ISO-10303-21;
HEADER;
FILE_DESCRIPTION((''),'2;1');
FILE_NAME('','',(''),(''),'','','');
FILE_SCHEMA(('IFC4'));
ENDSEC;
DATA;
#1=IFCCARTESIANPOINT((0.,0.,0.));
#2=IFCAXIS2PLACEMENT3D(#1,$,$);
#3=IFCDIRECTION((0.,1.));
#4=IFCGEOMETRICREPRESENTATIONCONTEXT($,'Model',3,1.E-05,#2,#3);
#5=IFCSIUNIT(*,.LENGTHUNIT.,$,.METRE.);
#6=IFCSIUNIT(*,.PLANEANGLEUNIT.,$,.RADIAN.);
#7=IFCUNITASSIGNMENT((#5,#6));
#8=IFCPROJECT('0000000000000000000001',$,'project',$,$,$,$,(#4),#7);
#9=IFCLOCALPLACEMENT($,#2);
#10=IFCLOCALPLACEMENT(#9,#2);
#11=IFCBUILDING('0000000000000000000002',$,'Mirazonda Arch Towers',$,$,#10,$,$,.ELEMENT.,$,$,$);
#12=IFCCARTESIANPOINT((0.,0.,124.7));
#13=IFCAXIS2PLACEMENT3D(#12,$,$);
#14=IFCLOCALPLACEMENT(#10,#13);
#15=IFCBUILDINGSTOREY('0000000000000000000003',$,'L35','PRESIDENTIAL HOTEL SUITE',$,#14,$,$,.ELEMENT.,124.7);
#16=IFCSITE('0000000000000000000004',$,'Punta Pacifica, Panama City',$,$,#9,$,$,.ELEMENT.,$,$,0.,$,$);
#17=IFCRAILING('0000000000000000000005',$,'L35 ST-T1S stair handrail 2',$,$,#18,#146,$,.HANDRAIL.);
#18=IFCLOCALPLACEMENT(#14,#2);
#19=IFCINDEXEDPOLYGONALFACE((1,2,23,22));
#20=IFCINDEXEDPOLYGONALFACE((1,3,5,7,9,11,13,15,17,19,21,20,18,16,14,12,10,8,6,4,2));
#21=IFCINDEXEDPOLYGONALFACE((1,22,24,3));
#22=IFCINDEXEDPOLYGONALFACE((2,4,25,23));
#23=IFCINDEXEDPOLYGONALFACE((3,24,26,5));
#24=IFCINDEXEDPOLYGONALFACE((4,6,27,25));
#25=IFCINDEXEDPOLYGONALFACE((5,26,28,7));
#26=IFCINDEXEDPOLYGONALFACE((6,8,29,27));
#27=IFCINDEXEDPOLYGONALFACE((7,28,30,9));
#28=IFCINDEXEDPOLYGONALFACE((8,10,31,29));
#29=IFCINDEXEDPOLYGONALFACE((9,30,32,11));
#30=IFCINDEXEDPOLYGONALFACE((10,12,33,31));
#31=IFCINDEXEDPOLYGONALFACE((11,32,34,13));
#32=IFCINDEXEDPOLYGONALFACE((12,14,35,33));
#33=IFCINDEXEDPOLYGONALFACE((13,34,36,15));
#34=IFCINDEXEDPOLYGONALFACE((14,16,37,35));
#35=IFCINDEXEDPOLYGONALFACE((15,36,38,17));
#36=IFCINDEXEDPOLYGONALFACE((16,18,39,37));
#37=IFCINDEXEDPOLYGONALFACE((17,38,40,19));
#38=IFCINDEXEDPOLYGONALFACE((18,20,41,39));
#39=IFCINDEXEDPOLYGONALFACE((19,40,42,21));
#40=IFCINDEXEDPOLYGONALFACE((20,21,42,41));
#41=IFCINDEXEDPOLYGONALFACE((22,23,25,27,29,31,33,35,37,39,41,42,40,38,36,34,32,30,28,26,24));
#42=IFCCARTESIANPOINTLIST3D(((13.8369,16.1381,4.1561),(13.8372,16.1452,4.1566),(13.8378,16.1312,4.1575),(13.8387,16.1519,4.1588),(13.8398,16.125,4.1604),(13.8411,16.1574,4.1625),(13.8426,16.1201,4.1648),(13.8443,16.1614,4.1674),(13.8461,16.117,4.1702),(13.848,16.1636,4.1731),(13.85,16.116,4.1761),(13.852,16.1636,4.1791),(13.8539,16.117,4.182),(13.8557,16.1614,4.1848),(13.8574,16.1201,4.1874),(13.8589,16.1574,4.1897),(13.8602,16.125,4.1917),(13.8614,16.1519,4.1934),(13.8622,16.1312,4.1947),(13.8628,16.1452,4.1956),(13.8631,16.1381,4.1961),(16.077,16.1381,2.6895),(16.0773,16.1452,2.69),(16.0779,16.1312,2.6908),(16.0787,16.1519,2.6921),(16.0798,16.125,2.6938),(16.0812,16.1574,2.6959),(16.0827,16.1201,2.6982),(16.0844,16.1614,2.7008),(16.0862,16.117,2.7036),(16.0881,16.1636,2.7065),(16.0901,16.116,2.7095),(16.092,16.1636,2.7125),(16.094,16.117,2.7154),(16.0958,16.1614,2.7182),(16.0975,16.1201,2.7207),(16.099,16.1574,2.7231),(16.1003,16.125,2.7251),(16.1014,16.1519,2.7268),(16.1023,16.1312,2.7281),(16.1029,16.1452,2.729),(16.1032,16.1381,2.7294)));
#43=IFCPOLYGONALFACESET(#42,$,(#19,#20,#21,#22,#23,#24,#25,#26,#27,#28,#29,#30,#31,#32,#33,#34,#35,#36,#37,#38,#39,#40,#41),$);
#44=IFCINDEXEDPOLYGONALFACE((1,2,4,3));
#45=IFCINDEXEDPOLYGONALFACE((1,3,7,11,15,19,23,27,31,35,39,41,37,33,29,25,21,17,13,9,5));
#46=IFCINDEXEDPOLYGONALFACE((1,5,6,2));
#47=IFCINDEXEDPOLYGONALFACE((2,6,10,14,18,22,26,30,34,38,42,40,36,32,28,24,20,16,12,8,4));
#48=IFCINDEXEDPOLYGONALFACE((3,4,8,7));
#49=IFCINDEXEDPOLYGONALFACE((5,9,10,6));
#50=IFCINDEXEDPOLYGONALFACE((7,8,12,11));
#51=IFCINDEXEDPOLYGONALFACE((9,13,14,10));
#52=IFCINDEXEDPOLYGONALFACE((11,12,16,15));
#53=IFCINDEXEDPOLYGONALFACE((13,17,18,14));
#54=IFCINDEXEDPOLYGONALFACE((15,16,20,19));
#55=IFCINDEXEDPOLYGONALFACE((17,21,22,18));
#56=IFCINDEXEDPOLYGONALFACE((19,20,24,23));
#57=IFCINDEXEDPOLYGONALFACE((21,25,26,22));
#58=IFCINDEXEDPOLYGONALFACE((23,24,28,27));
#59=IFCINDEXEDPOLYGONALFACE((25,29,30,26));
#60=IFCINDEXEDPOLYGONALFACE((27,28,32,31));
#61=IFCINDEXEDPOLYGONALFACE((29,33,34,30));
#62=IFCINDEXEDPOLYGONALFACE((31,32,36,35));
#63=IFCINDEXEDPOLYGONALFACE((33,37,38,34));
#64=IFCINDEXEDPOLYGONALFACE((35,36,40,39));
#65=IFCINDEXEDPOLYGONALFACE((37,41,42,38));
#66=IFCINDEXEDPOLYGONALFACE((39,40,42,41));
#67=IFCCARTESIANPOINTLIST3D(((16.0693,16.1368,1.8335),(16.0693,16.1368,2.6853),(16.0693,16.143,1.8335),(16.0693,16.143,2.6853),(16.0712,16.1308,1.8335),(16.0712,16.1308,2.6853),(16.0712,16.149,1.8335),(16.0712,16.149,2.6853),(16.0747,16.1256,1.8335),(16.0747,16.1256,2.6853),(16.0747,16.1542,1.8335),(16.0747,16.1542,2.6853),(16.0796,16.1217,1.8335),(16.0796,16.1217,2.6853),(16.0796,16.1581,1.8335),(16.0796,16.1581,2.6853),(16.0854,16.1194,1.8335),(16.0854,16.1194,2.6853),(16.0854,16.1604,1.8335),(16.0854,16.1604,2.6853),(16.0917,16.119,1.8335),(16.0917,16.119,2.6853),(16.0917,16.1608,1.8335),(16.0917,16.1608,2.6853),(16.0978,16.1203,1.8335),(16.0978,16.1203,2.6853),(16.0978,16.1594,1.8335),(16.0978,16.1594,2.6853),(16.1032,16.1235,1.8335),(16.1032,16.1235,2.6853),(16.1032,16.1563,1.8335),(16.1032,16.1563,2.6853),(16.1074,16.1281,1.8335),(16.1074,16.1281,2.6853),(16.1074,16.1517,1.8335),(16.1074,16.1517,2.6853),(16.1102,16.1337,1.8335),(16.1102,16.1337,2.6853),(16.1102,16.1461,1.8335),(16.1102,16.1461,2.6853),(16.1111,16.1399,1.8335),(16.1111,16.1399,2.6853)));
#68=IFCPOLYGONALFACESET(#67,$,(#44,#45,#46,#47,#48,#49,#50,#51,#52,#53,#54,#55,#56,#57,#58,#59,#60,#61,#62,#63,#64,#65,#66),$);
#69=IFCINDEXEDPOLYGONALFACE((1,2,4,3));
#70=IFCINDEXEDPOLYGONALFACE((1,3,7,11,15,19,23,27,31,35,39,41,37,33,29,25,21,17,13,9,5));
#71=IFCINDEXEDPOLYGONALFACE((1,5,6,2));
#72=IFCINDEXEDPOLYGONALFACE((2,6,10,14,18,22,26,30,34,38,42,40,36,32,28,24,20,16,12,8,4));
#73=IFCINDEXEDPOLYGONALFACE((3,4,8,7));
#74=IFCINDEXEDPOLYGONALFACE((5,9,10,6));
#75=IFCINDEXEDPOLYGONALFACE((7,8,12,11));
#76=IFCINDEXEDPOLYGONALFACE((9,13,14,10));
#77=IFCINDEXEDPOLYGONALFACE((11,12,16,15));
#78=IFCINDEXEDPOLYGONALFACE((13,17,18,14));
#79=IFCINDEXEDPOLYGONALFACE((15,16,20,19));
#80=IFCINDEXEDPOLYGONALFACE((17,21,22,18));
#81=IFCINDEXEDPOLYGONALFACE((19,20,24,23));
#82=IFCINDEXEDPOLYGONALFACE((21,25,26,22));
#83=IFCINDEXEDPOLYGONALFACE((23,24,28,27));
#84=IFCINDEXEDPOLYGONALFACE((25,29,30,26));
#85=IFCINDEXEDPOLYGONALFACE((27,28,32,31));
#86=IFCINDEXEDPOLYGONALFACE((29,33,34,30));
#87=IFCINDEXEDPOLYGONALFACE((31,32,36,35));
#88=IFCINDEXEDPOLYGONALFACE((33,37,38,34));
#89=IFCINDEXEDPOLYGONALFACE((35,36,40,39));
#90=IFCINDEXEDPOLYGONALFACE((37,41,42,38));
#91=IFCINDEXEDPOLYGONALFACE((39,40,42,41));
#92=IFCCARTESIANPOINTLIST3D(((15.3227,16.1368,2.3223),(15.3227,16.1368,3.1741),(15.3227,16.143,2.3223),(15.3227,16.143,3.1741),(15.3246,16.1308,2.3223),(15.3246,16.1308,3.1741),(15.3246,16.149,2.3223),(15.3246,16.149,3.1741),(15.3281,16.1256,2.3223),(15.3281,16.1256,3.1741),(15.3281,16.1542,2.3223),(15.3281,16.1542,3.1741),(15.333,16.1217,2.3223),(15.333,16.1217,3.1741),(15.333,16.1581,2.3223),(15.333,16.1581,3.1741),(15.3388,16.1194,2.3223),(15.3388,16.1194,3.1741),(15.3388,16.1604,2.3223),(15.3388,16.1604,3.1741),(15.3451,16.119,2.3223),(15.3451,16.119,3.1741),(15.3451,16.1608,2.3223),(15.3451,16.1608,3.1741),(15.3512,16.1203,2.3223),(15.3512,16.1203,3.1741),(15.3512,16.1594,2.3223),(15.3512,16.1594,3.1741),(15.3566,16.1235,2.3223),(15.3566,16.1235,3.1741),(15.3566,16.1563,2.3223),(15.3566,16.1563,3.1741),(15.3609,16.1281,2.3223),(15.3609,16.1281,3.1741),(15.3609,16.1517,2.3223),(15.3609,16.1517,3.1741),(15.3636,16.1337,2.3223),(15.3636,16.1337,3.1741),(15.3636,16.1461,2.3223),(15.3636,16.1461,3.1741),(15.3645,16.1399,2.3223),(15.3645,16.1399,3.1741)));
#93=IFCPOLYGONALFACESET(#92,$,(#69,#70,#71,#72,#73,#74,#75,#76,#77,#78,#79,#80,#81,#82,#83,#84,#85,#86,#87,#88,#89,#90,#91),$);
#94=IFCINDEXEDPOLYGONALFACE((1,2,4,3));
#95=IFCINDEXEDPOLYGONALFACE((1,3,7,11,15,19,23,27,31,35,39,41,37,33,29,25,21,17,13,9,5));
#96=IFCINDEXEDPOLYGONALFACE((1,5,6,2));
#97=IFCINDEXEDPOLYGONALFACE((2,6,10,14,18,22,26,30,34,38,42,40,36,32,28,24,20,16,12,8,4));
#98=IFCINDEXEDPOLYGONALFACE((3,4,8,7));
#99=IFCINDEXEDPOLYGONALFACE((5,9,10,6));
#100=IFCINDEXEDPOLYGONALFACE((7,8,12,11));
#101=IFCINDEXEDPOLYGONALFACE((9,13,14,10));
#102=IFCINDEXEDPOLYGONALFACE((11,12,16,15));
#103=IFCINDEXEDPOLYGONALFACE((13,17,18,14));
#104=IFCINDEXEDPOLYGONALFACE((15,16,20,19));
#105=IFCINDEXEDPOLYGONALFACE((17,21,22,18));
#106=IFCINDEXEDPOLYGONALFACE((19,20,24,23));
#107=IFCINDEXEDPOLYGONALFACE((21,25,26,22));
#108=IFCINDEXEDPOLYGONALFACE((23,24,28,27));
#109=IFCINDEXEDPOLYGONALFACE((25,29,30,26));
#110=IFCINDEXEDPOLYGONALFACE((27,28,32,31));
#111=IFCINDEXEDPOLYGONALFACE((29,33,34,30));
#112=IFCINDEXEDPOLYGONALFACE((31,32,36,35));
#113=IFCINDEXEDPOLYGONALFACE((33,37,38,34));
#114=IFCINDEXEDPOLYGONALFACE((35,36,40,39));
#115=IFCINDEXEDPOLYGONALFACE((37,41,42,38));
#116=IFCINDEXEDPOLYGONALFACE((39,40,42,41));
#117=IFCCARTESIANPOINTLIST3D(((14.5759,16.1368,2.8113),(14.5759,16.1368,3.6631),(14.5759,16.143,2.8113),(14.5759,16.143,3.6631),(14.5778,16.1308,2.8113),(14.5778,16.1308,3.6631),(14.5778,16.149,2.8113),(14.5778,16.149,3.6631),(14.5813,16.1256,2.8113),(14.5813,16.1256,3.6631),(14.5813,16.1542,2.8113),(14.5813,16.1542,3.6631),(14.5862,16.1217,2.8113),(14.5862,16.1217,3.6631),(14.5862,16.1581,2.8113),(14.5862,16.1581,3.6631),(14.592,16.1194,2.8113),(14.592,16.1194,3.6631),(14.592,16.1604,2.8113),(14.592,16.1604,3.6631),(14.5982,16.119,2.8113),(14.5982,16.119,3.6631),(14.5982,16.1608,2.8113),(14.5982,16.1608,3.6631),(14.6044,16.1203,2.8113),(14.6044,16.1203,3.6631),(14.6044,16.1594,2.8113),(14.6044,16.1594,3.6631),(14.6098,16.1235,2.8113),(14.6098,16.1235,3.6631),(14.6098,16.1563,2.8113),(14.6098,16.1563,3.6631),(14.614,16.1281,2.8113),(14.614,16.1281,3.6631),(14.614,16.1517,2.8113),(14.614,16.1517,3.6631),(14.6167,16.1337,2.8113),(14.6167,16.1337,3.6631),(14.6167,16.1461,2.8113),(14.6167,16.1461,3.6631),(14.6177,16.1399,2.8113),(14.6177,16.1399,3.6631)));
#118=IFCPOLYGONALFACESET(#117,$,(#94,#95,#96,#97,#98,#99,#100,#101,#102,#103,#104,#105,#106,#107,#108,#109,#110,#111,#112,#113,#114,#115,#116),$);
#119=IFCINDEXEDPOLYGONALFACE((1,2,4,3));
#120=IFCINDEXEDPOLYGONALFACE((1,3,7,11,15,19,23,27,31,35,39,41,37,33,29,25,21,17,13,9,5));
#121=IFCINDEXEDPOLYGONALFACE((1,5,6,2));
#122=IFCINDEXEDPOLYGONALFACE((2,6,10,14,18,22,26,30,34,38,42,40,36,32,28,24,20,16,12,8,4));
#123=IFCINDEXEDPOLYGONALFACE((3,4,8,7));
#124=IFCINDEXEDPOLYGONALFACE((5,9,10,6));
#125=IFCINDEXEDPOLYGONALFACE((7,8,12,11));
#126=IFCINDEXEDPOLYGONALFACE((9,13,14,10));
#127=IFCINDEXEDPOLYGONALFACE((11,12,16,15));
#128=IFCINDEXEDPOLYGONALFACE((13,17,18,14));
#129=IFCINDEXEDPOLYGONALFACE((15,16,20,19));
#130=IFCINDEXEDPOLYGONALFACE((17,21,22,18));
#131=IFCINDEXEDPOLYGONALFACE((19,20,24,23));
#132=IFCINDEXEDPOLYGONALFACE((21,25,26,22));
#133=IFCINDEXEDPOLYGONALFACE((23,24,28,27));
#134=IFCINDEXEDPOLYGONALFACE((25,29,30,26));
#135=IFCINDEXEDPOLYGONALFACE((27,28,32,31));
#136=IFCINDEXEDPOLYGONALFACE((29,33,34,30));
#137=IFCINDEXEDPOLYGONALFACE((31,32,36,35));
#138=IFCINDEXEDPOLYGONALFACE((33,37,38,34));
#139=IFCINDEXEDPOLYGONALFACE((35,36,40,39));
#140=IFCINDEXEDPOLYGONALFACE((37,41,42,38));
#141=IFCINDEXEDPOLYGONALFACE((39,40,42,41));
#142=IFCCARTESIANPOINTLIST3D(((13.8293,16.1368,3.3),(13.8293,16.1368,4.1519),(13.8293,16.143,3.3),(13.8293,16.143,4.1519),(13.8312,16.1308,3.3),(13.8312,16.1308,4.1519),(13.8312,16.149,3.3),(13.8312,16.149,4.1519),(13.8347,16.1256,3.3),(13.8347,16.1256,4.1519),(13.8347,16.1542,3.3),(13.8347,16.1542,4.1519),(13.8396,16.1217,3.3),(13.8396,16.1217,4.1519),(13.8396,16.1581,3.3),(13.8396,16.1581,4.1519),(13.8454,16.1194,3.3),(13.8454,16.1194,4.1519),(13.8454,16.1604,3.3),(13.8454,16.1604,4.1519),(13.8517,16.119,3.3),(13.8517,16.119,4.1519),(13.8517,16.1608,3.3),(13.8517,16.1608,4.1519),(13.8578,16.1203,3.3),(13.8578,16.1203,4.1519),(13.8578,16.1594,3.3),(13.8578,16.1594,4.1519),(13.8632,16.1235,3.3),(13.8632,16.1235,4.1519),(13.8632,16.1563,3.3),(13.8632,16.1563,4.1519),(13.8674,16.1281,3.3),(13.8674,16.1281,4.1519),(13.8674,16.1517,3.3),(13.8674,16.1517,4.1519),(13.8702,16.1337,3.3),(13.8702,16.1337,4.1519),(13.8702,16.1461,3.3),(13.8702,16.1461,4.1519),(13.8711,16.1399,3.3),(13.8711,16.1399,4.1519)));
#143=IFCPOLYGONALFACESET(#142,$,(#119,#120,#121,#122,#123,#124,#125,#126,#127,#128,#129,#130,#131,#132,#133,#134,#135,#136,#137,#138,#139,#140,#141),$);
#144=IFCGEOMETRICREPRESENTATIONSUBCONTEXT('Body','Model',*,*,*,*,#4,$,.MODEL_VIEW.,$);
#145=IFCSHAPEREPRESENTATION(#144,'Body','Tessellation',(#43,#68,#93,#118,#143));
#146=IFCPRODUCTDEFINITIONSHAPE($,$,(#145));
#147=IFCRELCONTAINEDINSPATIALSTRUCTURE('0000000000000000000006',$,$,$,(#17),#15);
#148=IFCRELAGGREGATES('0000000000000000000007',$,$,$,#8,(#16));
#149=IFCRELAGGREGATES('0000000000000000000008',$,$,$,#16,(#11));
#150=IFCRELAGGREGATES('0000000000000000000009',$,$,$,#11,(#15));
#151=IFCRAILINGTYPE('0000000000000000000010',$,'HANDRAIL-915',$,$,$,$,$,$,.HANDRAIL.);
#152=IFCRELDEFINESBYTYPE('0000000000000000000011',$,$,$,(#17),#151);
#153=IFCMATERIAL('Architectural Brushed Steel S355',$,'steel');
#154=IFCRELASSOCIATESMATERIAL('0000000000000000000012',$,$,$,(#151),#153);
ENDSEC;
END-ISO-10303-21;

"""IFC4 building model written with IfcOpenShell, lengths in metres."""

from ifc_helpers import new_model, si_unit, direction, frame, origin, origin_2d, place, context, subcontext, project, spatial, circle, extrude, material, type_object, element, save


model = new_model("IFC4")

# Units and contexts
model_context = context("Model", 3, precision=1e-05, world=origin(), true_north=direction((0.0, 1.0)))
body_context = subcontext(model_context, "Body", "Model", "MODEL_VIEW")
ifc_project = project(units=[si_unit("LENGTHUNIT", "METRE"), si_unit("PLANEANGLEUNIT", "RADIAN")], contexts=[model_context])

# Site, building, storey
site_placement = place(None, origin())
site = spatial("IfcSite", under=ifc_project, at=site_placement, Name="Punta Pacifica, Panama City", CompositionType="ELEMENT", RefElevation=0.0)
building_placement = place(site_placement, origin())
building = spatial("IfcBuilding", under=site, at=building_placement, Name="Mirazonda Arch Towers", CompositionType="ELEMENT")
storey_placement = place(building_placement, frame((0.0, 0.0, 124.7)))
storey = spatial("IfcBuildingStorey", under=building, at=storey_placement, Name="L35", Description="PRESIDENTIAL HOTEL SUITE", CompositionType="ELEMENT", Elevation=124.7)

# Shared definitions
ifc_material_1 = material(Name="Architectural Brushed Steel S355", Category="steel")

# Railing
railing_type_1 = type_object("IfcRailingType", Name="HANDRAIL-915", PredefinedType="HANDRAIL", material=ifc_material_1)
railing_1_placement = place(storey_placement, frame((16.0901, 16.1399, 1.8335)))
element("IfcRailing", 1, at=railing_1_placement, inside=storey, type_object=railing_type_1, Name="L35 ST-T1S stair handrail 2", PredefinedType="HANDRAIL", context=body_context, shape_type="SweptSolid", body=[
    extrude(circle(Radius=0.0239, at=origin_2d()), frame((0.0, 0.0, 0.876), z_axis=(-0.836637, 0.0, 0.547758), x_axis=(0.0, -1.0, 0.0)), (0.0, 0.0, 1.0), 2.6775),
    extrude(circle(Radius=0.021, at=origin_2d()), origin(), (0.0, 0.0, 1.0), 0.8518),
    extrude(circle(Radius=0.021, at=origin_2d()), frame((-0.7466, 0.0, 0.4888)), (0.0, 0.0, 1.0), 0.8518),
    extrude(circle(Radius=0.021, at=origin_2d()), frame((-1.4934, 0.0, 0.9778)), (0.0, 0.0, 1.0), 0.8518),
    extrude(circle(Radius=0.021, at=origin_2d()), frame((-2.24, 0.0, 1.4666)), (0.0, 0.0, 1.0), 0.8518),
])

save(model, "model.ifc")
